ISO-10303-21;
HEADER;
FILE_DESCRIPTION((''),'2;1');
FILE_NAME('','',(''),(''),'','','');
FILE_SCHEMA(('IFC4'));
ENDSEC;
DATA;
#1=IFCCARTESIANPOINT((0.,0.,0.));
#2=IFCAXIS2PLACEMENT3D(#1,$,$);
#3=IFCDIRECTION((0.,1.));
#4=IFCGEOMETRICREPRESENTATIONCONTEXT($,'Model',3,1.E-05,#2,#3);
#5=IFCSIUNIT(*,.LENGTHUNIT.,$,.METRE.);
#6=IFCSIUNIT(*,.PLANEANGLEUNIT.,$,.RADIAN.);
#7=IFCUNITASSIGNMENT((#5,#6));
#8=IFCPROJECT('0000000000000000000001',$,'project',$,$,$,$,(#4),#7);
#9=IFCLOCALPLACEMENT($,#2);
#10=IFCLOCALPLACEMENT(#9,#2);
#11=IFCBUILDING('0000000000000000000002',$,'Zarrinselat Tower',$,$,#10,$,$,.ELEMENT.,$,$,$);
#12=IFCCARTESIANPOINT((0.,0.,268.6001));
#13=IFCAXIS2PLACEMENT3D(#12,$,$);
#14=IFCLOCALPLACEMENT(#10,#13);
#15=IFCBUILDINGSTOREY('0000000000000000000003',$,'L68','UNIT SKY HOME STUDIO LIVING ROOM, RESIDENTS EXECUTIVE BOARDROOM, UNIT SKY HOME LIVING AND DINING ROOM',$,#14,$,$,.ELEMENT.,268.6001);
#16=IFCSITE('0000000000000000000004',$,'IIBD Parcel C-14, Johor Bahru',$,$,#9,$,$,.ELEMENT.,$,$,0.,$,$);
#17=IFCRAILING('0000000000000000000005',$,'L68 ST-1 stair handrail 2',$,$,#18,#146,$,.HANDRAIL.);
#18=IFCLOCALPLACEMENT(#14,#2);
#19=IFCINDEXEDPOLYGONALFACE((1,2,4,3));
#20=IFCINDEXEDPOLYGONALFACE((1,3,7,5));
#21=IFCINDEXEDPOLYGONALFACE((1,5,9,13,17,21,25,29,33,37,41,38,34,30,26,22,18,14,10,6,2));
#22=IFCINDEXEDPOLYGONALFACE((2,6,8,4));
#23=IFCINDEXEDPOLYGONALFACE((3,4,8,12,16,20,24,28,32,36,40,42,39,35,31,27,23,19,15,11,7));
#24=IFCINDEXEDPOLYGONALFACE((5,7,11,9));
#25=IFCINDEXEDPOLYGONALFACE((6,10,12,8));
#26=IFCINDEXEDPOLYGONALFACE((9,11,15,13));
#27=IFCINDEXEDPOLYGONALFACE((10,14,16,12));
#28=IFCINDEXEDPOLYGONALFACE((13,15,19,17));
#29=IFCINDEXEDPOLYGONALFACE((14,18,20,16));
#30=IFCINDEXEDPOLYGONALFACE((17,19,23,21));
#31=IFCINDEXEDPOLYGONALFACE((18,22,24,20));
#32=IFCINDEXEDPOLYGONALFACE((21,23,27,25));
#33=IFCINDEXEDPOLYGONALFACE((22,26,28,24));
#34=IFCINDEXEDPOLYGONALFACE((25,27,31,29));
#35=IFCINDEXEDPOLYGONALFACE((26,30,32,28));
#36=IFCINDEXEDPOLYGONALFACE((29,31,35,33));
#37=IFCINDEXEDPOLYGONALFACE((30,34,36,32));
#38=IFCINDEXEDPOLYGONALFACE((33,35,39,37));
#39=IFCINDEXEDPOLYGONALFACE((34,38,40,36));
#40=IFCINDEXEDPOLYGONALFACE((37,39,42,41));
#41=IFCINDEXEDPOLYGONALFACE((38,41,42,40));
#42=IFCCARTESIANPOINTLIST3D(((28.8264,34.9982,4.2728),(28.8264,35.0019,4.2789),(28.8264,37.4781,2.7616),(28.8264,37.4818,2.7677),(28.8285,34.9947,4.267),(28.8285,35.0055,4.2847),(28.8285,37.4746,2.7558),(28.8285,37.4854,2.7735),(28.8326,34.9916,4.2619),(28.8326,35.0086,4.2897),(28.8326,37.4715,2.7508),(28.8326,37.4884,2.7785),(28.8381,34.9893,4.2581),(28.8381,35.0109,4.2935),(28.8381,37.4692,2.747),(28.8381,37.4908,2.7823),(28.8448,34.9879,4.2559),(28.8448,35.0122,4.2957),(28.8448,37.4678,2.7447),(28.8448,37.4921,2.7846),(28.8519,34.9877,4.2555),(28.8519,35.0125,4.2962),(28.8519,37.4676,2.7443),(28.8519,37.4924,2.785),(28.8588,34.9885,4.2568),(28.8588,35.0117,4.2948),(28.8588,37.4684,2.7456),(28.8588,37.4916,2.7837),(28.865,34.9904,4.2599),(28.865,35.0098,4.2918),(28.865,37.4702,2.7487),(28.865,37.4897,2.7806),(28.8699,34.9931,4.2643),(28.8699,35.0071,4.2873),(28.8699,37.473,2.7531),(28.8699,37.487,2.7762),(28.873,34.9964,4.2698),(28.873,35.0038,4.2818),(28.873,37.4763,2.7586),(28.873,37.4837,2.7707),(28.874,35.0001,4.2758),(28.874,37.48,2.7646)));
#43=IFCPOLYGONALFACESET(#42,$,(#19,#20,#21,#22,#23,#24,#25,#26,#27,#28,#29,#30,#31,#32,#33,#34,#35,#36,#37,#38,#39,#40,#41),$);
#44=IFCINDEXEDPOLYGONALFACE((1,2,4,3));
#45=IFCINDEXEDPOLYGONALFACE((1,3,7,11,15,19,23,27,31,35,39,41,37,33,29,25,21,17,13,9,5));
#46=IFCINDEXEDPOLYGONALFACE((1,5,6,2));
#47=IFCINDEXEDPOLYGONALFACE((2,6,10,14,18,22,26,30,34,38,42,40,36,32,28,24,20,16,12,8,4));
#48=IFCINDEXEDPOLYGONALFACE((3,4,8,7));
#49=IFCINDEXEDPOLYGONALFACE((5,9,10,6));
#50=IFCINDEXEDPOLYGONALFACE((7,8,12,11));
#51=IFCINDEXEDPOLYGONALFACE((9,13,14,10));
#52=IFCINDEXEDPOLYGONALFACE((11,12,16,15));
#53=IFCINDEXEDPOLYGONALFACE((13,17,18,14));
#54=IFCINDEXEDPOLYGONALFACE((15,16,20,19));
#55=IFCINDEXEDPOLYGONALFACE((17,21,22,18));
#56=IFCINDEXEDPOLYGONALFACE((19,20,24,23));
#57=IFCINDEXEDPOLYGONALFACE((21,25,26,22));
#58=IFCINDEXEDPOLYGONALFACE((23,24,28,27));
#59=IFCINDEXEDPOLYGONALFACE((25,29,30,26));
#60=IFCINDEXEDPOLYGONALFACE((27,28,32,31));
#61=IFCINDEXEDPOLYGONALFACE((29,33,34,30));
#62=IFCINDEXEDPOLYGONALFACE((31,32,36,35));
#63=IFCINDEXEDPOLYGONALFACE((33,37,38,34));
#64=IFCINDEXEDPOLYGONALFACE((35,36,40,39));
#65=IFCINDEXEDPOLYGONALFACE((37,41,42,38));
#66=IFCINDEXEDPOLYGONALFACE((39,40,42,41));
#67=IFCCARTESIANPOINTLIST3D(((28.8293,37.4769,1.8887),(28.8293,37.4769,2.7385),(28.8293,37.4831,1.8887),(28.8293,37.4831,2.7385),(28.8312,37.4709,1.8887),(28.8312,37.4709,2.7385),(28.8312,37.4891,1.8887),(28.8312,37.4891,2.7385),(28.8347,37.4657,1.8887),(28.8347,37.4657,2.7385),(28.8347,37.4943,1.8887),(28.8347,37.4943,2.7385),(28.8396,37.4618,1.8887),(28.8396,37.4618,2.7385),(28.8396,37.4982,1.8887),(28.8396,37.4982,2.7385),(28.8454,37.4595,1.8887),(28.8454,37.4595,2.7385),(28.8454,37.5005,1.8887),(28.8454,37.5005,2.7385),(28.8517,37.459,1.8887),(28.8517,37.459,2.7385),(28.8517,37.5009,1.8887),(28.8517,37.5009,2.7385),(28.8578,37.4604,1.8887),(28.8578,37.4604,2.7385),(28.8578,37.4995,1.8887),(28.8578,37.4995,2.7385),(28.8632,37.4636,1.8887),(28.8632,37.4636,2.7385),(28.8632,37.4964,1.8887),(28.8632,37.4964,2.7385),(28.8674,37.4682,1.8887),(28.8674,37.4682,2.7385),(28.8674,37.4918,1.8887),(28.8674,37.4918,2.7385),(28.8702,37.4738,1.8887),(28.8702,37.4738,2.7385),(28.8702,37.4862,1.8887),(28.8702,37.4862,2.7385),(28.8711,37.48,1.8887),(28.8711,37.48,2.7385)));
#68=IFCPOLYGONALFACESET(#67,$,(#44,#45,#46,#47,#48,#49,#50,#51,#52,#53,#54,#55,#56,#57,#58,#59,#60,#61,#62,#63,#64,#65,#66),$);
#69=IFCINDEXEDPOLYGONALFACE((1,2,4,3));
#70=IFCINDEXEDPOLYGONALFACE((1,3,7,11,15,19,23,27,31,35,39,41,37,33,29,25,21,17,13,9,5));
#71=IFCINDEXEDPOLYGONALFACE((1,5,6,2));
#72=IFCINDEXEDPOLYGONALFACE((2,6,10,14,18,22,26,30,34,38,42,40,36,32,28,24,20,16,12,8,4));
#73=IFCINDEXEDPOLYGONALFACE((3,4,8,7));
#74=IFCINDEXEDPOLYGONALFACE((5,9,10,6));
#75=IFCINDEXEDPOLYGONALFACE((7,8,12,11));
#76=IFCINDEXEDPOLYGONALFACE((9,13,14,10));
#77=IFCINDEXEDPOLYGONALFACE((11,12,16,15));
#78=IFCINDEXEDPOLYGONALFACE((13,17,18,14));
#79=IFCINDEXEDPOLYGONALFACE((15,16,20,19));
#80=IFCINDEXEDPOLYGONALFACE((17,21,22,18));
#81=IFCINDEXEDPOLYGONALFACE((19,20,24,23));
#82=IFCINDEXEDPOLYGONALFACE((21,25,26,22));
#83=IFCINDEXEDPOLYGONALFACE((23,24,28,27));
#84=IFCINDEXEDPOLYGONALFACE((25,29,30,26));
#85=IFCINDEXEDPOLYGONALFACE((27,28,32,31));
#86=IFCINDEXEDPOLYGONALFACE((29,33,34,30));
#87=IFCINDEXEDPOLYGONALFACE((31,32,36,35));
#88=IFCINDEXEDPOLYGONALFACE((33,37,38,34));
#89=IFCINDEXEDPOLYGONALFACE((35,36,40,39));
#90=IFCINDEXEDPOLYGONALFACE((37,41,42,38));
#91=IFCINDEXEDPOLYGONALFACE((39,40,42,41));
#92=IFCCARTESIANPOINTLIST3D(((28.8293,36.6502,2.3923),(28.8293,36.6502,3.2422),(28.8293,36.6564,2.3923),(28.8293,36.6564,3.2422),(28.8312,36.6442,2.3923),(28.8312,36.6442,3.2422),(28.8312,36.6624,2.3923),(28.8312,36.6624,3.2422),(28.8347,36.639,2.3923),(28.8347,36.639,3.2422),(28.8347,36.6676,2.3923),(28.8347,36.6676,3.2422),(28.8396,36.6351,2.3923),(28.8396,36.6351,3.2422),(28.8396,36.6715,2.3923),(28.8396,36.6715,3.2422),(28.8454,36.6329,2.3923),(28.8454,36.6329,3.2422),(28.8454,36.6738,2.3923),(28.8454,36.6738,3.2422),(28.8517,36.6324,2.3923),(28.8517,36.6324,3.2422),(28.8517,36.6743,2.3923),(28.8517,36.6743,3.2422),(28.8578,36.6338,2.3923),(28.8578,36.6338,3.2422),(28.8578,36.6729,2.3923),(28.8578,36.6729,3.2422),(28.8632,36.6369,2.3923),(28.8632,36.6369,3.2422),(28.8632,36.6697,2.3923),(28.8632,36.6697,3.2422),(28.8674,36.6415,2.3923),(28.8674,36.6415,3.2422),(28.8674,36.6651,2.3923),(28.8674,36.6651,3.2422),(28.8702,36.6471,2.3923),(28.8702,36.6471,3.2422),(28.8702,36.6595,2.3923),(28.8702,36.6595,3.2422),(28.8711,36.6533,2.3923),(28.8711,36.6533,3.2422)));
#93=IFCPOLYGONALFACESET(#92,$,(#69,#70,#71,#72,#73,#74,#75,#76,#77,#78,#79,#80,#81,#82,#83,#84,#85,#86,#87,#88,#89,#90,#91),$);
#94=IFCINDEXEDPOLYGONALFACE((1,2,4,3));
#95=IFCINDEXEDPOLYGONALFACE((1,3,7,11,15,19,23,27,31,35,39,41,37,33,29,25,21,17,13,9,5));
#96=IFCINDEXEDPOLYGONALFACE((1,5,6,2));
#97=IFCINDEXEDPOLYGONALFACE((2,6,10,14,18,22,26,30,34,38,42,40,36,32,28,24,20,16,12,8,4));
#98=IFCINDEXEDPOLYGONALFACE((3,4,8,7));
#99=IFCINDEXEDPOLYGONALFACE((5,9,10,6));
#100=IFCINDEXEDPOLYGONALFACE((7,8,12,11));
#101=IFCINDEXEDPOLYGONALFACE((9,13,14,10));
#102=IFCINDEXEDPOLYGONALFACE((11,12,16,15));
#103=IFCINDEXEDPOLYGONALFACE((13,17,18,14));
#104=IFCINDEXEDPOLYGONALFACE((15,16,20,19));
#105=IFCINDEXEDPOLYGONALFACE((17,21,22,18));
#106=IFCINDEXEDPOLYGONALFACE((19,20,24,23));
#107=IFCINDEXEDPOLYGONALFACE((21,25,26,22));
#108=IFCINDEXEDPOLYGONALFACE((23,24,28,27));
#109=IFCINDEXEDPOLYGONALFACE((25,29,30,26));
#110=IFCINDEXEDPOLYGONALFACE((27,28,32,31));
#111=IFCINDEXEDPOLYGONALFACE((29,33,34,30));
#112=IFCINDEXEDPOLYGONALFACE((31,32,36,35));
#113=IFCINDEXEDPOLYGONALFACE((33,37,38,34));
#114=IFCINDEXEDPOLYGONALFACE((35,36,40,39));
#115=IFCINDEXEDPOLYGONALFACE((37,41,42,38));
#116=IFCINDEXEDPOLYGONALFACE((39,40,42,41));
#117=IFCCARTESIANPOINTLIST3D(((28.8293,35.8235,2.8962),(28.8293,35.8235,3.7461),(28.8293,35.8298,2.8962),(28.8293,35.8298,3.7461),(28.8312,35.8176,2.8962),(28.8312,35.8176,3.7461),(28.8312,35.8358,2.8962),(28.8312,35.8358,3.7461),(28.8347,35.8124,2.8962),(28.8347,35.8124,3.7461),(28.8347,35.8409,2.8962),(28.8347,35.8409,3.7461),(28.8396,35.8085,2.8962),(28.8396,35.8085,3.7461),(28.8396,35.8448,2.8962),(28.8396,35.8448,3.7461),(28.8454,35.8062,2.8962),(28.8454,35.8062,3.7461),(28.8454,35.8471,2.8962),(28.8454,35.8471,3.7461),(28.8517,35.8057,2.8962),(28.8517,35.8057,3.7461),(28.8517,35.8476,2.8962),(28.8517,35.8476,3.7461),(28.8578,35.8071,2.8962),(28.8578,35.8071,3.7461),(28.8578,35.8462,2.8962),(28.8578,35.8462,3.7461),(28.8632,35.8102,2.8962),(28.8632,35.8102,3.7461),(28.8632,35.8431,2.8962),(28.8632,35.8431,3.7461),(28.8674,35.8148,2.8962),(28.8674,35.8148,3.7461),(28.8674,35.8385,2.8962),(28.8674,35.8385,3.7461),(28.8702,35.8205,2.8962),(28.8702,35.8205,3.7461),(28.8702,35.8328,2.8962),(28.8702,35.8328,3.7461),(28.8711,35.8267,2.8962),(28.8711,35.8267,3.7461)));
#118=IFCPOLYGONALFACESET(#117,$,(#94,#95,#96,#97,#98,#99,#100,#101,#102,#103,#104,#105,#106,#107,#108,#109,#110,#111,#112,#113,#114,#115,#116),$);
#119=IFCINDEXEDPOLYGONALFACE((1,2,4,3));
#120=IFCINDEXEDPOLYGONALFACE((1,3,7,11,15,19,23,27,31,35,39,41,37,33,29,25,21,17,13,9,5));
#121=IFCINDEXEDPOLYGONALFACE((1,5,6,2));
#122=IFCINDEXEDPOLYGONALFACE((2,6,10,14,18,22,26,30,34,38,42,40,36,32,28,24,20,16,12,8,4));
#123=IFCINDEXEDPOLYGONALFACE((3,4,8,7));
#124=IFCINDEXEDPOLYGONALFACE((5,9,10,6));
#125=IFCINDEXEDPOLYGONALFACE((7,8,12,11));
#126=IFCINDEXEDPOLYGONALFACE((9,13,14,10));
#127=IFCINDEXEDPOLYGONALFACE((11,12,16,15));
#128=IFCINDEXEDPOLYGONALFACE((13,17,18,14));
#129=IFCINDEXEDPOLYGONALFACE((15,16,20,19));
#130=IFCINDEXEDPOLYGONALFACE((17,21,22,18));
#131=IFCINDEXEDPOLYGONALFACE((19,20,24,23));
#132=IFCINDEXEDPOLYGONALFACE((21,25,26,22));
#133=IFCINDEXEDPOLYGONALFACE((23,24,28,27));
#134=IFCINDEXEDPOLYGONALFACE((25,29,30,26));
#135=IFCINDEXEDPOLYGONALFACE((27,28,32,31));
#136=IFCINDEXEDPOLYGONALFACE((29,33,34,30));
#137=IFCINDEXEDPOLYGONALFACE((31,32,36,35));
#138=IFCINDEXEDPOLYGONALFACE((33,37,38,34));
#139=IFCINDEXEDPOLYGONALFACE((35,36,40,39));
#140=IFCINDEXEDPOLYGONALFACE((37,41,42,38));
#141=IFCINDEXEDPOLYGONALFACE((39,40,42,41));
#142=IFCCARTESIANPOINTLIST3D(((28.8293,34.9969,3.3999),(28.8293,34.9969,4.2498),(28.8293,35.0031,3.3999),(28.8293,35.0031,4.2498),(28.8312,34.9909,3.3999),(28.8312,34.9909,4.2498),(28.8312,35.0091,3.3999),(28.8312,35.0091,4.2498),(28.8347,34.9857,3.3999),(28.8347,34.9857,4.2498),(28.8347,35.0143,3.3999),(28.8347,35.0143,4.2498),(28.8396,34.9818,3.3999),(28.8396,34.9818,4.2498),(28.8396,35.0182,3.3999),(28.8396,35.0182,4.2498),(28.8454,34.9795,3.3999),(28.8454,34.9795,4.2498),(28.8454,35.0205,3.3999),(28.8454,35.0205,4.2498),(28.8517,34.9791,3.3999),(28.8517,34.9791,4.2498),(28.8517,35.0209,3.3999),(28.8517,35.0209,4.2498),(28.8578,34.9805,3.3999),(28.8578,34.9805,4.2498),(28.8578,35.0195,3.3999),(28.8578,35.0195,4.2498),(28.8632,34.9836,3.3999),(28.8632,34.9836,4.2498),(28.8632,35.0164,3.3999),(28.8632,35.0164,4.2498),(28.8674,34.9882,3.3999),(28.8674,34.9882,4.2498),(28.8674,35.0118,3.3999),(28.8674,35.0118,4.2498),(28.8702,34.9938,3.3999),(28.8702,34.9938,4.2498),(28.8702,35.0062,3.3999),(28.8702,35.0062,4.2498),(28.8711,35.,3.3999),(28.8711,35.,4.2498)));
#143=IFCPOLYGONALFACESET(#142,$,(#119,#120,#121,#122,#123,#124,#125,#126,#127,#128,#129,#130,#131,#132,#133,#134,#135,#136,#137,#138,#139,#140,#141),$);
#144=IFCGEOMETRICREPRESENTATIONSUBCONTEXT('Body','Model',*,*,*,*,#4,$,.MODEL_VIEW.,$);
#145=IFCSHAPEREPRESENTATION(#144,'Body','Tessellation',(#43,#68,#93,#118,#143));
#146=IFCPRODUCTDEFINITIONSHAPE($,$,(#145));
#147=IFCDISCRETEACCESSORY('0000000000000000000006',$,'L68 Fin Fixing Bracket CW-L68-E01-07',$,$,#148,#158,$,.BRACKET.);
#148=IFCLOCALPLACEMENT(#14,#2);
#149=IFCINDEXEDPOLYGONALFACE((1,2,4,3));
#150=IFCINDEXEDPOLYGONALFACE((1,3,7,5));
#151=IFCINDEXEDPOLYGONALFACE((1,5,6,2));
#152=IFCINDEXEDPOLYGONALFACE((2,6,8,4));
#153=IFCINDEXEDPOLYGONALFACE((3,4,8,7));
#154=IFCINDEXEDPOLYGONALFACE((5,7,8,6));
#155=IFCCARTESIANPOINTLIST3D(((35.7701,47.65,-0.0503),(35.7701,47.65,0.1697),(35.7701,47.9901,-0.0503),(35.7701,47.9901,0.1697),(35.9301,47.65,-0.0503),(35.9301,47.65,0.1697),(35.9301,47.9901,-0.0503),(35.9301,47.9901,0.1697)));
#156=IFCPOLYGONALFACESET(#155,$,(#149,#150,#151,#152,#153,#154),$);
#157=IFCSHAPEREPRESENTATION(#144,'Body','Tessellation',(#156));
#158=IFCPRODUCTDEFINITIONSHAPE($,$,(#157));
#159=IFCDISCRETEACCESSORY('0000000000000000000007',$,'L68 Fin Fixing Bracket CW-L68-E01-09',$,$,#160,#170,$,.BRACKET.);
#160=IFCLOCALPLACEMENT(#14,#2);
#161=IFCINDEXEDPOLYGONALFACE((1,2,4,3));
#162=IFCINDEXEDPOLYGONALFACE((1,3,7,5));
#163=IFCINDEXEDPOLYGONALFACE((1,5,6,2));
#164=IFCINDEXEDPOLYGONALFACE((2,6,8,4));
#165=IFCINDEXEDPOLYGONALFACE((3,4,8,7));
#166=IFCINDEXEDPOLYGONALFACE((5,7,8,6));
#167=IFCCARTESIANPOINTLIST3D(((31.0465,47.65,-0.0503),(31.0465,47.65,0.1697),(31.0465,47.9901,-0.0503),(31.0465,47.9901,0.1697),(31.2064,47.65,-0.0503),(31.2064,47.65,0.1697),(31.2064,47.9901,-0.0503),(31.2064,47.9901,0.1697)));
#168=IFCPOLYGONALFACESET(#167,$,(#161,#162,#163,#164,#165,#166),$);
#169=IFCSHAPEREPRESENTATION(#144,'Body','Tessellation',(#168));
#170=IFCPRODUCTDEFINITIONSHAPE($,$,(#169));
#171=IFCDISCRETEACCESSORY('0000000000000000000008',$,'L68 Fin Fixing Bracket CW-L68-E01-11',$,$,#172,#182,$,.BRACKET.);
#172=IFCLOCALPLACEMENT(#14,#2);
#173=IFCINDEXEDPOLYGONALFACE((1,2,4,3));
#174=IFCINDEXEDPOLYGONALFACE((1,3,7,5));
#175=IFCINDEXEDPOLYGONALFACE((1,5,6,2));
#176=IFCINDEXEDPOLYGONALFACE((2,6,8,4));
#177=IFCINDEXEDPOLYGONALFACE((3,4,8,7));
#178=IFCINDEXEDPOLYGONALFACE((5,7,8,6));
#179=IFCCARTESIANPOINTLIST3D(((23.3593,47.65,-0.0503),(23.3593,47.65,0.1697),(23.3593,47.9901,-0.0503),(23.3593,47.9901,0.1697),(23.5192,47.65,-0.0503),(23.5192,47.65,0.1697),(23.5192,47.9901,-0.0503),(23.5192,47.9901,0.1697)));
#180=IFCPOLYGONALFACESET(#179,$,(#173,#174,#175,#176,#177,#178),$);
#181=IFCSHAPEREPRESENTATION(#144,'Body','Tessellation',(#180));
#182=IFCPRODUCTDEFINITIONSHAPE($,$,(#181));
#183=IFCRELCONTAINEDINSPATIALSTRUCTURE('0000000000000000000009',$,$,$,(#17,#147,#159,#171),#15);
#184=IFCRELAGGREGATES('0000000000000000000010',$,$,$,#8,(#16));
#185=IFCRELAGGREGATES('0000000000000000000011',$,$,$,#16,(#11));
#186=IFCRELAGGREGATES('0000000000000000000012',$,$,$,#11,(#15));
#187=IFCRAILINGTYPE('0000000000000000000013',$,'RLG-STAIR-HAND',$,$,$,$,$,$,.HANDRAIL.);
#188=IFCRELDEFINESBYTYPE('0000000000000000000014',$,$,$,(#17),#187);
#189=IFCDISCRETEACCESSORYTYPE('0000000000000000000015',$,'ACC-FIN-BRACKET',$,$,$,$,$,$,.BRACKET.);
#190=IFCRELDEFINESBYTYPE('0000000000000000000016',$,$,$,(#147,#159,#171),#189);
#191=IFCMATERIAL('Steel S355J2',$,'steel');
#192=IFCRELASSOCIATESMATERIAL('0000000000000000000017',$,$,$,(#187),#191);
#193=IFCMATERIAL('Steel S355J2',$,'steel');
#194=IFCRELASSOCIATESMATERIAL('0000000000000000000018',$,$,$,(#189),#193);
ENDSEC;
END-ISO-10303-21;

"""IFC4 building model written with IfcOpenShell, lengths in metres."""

from ifc_helpers import new_model, si_unit, direction, frame, origin, origin_2d, place, context, subcontext, project, spatial, rectangle, circle, extrude, material, type_object, element, save


model = new_model("IFC4")

# Units and contexts
model_context = context("Model", 3, precision=1e-05, world=origin(), true_north=direction((0.0, 1.0)))
body_context = subcontext(model_context, "Body", "Model", "MODEL_VIEW")
ifc_project = project(units=[si_unit("LENGTHUNIT", "METRE"), si_unit("PLANEANGLEUNIT", "RADIAN")], contexts=[model_context])

# Site, building, storey
site_placement = place(None, origin())
site = spatial("IfcSite", under=ifc_project, at=site_placement, Name="IIBD Parcel C-14, Johor Bahru", CompositionType="ELEMENT", RefElevation=0.0)
building_placement = place(site_placement, origin())
building = spatial("IfcBuilding", under=site, at=building_placement, Name="Zarrinselat Tower", CompositionType="ELEMENT")
storey_placement = place(building_placement, frame((0.0, 0.0, 268.6001)))
storey = spatial("IfcBuildingStorey", under=building, at=storey_placement, Name="L68", Description="UNIT SKY HOME STUDIO LIVING ROOM, RESIDENTS EXECUTIVE BOARDROOM, UNIT SKY HOME LIVING AND DINING ROOM", CompositionType="ELEMENT", Elevation=268.6001)

# Railing
ifc_material_1 = material(Name="Steel S355J2", Category="steel")
railing_type_1 = type_object("IfcRailingType", Name="RLG-STAIR-HAND", PredefinedType="HANDRAIL", material=ifc_material_1)
railing_1_placement = place(storey_placement, frame((28.8501, 37.48, 1.8887)))
element("IfcRailing", 1, at=railing_1_placement, inside=storey, type_object=railing_type_1, Name="L68 ST-1 stair handrail 2", PredefinedType="HANDRAIL", context=body_context, shape_type="SweptSolid", body=[
    extrude(circle(Radius=0.0239, at=origin_2d()), frame((0.0, 0.0, 0.876), z_axis=(0.0, -0.853942, 0.520368), x_axis=(1.0, 0.0, 0.0)), (0.0, 0.0, 1.0), 2.9041),
    extrude(circle(Radius=0.021, at=origin_2d()), origin(), (0.0, 0.0, 1.0), 0.8499),
    extrude(circle(Radius=0.021, at=origin_2d()), frame((0.0, -0.8267, 0.5037)), (0.0, 0.0, 1.0), 0.8499),
    extrude(circle(Radius=0.021, at=origin_2d()), frame((0.0, -1.6533, 1.0076)), (0.0, 0.0, 1.0), 0.8499),
    extrude(circle(Radius=0.021, at=origin_2d()), frame((0.0, -2.48, 1.5112)), (0.0, 0.0, 1.0), 0.8499),
])

# Discrete accessories
ifc_material_2 = material(Name="Steel S355J2", Category="steel")
discrete_accessory_type = type_object("IfcDiscreteAccessoryType", Name="ACC-FIN-BRACKET", PredefinedType="BRACKET", material=ifc_material_2)
for number, where, z_axis, x_axis, name in (
    (2, (35.8501, 47.8201, -0.0503), (0.0, 0.0, 1.0), (0.0, 1.0, 0.0), "L68 Fin Fixing Bracket CW-L68-E01-07"),
    (3, (31.1265, 47.8201, -0.0503), (0.0, 0.0, 1.0), (0.0, 1.0, 0.0), "L68 Fin Fixing Bracket CW-L68-E01-09"),
    (4, (23.4392, 47.8201, -0.0503), (0.0, 0.0, 1.0), (0.0, 1.0, 0.0), "L68 Fin Fixing Bracket CW-L68-E01-11"),
):
    element("IfcDiscreteAccessory", number, at=place(storey_placement, frame(where, z_axis=z_axis, x_axis=x_axis)), inside=storey, type_object=discrete_accessory_type, Name=name, PredefinedType="BRACKET", context=body_context, shape_type="SweptSolid", body=[
        extrude(rectangle(XDim=0.3401, YDim=0.1599, at=origin_2d()), origin(), (0.0, 0.0, 1.0), 0.22),
    ])

save(model, "model.ifc")
